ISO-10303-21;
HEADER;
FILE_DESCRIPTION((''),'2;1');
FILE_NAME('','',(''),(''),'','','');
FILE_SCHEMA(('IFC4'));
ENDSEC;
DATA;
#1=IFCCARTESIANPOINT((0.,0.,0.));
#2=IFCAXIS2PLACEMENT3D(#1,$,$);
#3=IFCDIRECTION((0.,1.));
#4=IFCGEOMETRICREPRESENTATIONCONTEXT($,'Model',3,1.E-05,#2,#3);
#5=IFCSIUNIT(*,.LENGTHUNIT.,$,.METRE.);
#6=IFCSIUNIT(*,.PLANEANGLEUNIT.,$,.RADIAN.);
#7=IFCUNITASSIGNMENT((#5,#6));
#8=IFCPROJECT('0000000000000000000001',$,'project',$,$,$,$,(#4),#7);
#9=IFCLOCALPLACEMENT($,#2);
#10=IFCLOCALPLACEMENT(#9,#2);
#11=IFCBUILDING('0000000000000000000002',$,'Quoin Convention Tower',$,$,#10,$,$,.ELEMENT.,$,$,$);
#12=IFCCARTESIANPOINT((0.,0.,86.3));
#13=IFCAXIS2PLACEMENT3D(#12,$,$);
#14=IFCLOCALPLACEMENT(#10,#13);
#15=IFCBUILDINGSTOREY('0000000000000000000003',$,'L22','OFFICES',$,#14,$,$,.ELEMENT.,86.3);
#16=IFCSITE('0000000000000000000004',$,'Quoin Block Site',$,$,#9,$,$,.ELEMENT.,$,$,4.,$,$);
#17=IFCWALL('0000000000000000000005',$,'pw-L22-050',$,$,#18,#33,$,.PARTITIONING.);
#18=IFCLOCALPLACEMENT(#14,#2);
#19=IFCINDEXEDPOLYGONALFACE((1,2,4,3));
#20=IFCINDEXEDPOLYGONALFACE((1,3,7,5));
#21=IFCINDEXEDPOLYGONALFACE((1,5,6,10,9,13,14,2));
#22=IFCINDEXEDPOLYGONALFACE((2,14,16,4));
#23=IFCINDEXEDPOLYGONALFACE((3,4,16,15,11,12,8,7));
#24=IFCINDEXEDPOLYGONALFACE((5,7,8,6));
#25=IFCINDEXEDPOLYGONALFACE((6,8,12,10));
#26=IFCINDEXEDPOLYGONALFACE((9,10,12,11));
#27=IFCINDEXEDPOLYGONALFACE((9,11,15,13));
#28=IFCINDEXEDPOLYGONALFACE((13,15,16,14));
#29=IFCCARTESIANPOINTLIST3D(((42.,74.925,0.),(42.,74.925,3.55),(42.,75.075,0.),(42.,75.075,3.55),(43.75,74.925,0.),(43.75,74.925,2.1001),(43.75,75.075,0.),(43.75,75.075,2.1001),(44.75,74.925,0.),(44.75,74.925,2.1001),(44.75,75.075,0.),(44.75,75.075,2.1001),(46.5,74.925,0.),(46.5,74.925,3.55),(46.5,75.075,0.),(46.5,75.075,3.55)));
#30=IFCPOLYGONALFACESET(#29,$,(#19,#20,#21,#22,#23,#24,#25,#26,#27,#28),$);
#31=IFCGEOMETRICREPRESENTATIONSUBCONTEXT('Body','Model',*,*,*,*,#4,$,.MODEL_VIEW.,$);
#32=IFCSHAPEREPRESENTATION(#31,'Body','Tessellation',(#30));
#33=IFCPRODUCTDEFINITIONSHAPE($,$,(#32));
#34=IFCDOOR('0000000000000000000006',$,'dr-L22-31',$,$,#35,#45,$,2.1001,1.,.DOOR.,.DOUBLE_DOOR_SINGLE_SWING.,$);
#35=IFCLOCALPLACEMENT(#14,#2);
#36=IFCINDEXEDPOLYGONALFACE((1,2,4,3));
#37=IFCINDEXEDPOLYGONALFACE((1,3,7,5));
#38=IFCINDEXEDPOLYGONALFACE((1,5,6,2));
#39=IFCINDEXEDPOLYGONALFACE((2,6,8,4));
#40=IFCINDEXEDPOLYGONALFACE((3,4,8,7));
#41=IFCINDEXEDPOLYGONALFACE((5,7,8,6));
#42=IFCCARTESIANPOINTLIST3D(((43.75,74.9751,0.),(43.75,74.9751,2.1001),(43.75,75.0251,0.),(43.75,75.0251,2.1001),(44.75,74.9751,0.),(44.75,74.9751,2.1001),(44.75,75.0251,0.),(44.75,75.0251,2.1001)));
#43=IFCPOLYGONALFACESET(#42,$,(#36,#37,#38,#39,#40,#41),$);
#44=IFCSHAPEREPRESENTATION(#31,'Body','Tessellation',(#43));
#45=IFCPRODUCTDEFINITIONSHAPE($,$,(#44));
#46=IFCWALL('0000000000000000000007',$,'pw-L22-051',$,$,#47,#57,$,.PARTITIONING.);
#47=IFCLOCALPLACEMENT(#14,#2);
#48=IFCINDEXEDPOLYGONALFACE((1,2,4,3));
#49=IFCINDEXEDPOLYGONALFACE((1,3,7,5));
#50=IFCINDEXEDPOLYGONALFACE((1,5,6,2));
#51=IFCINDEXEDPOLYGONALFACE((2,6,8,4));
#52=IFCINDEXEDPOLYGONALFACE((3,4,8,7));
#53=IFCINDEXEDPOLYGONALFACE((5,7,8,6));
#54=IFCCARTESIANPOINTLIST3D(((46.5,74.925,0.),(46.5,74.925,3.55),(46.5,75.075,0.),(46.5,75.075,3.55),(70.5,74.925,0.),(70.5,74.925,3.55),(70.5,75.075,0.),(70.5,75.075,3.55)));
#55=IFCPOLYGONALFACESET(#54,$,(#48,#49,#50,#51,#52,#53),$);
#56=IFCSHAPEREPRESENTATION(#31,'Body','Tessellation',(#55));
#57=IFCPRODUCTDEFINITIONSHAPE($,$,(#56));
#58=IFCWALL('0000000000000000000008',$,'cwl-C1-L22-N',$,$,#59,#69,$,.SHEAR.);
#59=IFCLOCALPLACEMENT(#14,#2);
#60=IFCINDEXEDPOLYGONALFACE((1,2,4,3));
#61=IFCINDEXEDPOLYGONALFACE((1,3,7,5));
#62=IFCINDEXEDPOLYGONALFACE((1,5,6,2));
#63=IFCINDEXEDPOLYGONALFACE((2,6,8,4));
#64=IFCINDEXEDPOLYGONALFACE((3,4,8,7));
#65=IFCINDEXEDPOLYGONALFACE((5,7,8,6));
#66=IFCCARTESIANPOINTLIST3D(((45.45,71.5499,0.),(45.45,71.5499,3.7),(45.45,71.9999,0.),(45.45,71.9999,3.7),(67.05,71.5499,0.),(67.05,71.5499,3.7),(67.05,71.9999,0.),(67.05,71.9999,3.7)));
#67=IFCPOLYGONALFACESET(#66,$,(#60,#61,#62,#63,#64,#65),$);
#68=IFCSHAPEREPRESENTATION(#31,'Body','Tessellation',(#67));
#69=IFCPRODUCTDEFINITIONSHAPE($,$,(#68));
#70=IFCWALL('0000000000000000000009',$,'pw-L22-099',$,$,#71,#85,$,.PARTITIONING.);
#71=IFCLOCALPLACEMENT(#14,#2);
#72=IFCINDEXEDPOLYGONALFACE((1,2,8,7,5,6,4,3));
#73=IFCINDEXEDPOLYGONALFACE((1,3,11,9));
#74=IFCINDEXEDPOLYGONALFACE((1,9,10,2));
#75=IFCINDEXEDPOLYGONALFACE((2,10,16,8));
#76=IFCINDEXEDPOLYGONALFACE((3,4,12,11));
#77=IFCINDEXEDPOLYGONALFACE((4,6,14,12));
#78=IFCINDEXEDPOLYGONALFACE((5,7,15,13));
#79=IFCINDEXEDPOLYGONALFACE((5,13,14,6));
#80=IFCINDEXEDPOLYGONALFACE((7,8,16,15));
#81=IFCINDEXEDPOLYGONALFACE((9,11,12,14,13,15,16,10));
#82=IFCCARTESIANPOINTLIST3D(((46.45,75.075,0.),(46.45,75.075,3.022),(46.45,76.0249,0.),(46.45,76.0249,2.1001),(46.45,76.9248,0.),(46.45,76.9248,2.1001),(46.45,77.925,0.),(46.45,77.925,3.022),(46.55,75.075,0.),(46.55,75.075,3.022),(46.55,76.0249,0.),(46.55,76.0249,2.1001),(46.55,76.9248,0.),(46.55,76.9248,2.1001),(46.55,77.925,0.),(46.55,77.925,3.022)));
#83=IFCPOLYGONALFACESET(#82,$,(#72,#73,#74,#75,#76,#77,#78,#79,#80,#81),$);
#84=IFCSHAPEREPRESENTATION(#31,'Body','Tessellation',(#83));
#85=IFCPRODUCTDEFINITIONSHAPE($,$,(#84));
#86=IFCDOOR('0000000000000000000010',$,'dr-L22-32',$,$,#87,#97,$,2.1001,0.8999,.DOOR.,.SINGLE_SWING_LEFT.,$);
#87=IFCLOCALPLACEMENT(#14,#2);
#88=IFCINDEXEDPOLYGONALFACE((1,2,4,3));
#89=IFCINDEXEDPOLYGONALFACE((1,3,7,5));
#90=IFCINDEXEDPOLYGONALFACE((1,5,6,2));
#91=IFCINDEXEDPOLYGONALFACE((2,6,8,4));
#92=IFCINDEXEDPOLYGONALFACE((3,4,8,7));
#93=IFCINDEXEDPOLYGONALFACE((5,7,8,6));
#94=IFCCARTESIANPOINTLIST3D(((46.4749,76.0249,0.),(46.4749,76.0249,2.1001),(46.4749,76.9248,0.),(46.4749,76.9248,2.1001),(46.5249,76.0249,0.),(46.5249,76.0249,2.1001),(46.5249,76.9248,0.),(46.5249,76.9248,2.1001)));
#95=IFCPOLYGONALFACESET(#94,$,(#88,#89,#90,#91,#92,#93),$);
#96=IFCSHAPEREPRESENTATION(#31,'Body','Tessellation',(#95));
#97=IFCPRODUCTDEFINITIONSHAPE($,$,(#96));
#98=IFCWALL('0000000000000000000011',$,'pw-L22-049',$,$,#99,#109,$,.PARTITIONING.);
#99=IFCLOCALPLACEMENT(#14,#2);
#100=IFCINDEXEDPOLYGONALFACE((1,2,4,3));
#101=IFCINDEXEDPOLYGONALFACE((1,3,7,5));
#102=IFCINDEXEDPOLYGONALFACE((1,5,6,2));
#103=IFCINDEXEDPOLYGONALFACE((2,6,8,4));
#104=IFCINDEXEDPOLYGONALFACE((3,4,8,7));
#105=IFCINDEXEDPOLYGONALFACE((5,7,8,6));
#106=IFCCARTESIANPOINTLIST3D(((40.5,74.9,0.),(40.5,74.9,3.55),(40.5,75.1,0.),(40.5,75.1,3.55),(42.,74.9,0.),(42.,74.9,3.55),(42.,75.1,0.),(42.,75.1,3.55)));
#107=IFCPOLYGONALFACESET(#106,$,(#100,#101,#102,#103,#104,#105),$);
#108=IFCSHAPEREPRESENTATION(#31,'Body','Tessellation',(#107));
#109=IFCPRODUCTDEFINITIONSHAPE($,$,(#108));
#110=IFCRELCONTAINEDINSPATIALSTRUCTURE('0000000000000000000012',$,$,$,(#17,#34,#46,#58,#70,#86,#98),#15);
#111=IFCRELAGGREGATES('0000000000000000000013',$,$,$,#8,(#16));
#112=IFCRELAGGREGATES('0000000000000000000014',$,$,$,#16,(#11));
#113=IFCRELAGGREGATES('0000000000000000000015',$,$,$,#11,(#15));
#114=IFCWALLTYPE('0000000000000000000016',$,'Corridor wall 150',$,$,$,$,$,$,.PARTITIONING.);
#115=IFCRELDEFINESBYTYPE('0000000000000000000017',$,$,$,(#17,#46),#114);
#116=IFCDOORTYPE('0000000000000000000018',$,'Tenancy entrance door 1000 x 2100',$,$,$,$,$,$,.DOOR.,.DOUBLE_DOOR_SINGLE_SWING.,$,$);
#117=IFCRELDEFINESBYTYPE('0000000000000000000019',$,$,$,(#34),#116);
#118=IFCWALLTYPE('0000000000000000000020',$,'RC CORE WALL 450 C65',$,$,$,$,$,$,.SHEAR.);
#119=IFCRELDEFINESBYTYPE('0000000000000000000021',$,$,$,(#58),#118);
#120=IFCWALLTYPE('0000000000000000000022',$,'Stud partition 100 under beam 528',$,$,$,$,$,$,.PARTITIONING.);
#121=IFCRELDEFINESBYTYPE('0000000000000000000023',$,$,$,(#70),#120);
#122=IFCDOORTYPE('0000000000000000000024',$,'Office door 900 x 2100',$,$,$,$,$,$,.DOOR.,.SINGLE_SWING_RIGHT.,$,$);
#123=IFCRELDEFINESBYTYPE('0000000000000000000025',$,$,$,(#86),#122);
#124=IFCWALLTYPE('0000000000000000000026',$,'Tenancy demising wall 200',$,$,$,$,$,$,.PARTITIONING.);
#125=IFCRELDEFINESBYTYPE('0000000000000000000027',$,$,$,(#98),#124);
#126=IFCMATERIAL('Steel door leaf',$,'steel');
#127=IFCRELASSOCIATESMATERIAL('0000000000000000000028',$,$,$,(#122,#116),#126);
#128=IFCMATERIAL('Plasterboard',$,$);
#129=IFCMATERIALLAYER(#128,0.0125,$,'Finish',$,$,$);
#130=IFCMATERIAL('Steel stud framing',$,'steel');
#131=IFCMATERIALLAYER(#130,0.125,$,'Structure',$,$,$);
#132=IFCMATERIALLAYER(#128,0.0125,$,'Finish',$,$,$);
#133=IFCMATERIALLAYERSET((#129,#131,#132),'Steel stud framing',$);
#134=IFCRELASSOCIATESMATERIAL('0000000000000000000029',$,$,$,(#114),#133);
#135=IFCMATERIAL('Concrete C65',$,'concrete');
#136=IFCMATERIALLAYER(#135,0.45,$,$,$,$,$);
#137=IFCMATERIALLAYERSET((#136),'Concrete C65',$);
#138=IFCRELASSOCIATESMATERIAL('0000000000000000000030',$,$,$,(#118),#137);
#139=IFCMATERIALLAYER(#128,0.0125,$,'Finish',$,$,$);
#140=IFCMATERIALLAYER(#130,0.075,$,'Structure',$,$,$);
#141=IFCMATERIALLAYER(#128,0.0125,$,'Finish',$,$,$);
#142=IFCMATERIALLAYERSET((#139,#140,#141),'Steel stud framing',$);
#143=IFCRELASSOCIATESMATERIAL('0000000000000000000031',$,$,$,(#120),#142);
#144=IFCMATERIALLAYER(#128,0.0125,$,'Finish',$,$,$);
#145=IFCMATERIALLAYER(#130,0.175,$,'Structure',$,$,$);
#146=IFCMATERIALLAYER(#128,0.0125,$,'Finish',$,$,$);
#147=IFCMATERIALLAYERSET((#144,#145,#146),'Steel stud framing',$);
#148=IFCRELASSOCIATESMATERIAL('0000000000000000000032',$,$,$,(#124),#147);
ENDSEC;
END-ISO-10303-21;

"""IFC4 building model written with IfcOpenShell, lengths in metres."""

from ifc_helpers import new_model, si_unit, direction, frame, frame_2d, origin, place, context, subcontext, project, spatial, rectangle, extrude, material, layer, layer_set, type_object, element, fill, save


model = new_model("IFC4")

# Units and contexts
model_context = context("Model", 3, precision=1e-05, world=origin(), true_north=direction((0.0, 1.0)))
body_context = subcontext(model_context, "Body", "Model", "MODEL_VIEW")
ifc_project = project(units=[si_unit("LENGTHUNIT", "METRE"), si_unit("PLANEANGLEUNIT", "RADIAN")], contexts=[model_context])

# Site, building, storey
site_placement = place(None, origin())
site = spatial("IfcSite", under=ifc_project, at=site_placement, Name="Quoin Block Site", CompositionType="ELEMENT", RefElevation=4.0)
building_placement = place(site_placement, origin())
building = spatial("IfcBuilding", under=site, at=building_placement, Name="Quoin Convention Tower", CompositionType="ELEMENT")
storey_placement = place(building_placement, frame((0.0, 0.0, 86.3)))
storey = spatial("IfcBuildingStorey", under=building, at=storey_placement, Name="L22", Description="OFFICES", CompositionType="ELEMENT", Elevation=86.3)

# Shared definitions
ifc_material_1 = material(Name="Concrete C65", Category="concrete")

# Shared definitions
ifc_material_2 = material(Name="Plasterboard")
ifc_material_3 = material(Name="Steel stud framing", Category="steel")

# Shared definitions
ifc_material_4 = material(Name="Steel door leaf", Category="steel")
door_type_1 = type_object("IfcDoorType", Name="Office door 900 x 2100", OperationType="SINGLE_SWING_RIGHT", PredefinedType="DOOR", material=ifc_material_4)

# Wall, opening, door
ifc_layer_1 = layer(ifc_material_2, 0.0125, Name="Finish")
ifc_layer_2 = layer(ifc_material_3, 0.125, Name="Structure")
ifc_layer_3 = layer(ifc_material_2, 0.0125, Name="Finish")
ifc_layer_set_1 = layer_set([ifc_layer_1, ifc_layer_2, ifc_layer_3], Name="Steel stud framing")
wall_type_1 = type_object("IfcWallType", Name="Corridor wall 150", PredefinedType="PARTITIONING", material=ifc_layer_set_1)
wall_1_placement = place(storey_placement, frame((42.0, 75.0, 0.0), z_axis=(0.0, 0.0, 1.0), x_axis=(1.0, 0.0, 0.0)))
wall_1 = element("IfcWall", 1, at=wall_1_placement, inside=storey, type_object=wall_type_1, Name="pw-L22-050", PredefinedType="PARTITIONING", context=body_context, shape_type="SweptSolid", body=[
    extrude(rectangle(XDim=4.5, YDim=0.1499, at=frame_2d((2.25, 0.0))), origin(), (0.0, 0.0, 1.0), 3.55),
])
opening_1_placement = place(wall_1_placement, frame((1.75, 0.0, 0.0)))
opening_1 = element("IfcOpeningElement", 2, at=opening_1_placement, cuts=wall_1, PredefinedType="OPENING", context=body_context, shape_type="SweptSolid", body=[
    extrude(rectangle(XDim=1.0, YDim=2.1001, at=frame_2d((0.5, 1.05))), frame((0.0, 0.085, 0.0), z_axis=(0.0, -1.0, 0.0), x_axis=(1.0, 0.0, 0.0)), (0.0, 0.0, 1.0), 0.1699),
])
door_type_2 = type_object("IfcDoorType", Name="Tenancy entrance door 1000 x 2100", OperationType="DOUBLE_DOOR_SINGLE_SWING", PredefinedType="DOOR", material=ifc_material_4)
door_1_placement = place(opening_1_placement, frame((1.0, 0.0, 0.0), z_axis=(0.0, 0.0, 1.0), x_axis=(-1.0, 0.0, 0.0)))
door_1 = element("IfcDoor", 3, at=door_1_placement, inside=storey, type_object=door_type_2, Name="dr-L22-31", OperationType="DOUBLE_DOOR_SINGLE_SWING", OverallHeight=2.1001, OverallWidth=1.0, PredefinedType="DOOR", context=body_context, shape_type="SweptSolid", body=[
    extrude(rectangle(XDim=1.0, YDim=2.1001, at=frame_2d((0.5, 1.05))), frame((0.0, 0.0249, 0.0), z_axis=(0.0, -1.0, 0.0), x_axis=(1.0, 0.0, 0.0)), (0.0, 0.0, 1.0), 0.05),
])
fill(opening_1, door_1)

# Walls
wall_2_placement = place(storey_placement, frame((46.5, 75.0, 0.0), z_axis=(0.0, 0.0, 1.0), x_axis=(1.0, 0.0, 0.0)))
element("IfcWall", 4, at=wall_2_placement, inside=storey, type_object=wall_type_1, Name="pw-L22-051", PredefinedType="PARTITIONING", context=body_context, shape_type="SweptSolid", body=[
    extrude(rectangle(XDim=24.0, YDim=0.1499, at=frame_2d((12.0, 0.0))), origin(), (0.0, 0.0, 1.0), 3.55),
])
ifc_layer_4 = layer(ifc_material_1, 0.45)
ifc_layer_set_2 = layer_set([ifc_layer_4], Name="Concrete C65")
wall_type_2 = type_object("IfcWallType", Name="RC CORE WALL 450 C65", PredefinedType="SHEAR", material=ifc_layer_set_2)
wall_3_placement = place(storey_placement, frame((45.45, 71.7749, 0.0), z_axis=(0.0, 0.0, 1.0), x_axis=(1.0, 0.0, 0.0)))
element("IfcWall", 5, at=wall_3_placement, inside=storey, type_object=wall_type_2, Name="cwl-C1-L22-N", PredefinedType="SHEAR", context=body_context, shape_type="SweptSolid", body=[
    extrude(rectangle(XDim=21.6001, YDim=0.45, at=frame_2d((10.8, 0.0))), origin(), (0.0, 0.0, 1.0), 3.7),
])

# Wall, opening, door
ifc_layer_5 = layer(ifc_material_2, 0.0125, Name="Finish")
ifc_layer_6 = layer(ifc_material_3, 0.075, Name="Structure")
ifc_layer_7 = layer(ifc_material_2, 0.0125, Name="Finish")
ifc_layer_set_3 = layer_set([ifc_layer_5, ifc_layer_6, ifc_layer_7], Name="Steel stud framing")
wall_type_3 = type_object("IfcWallType", Name="Stud partition 100 under beam 528", PredefinedType="PARTITIONING", material=ifc_layer_set_3)
wall_4_placement = place(storey_placement, frame((46.5, 75.075, 0.0), z_axis=(0.0, 0.0, 1.0), x_axis=(0.0, 1.0, 0.0)))
wall_4 = element("IfcWall", 6, at=wall_4_placement, inside=storey, type_object=wall_type_3, Name="pw-L22-099", PredefinedType="PARTITIONING", context=body_context, shape_type="SweptSolid", body=[
    extrude(rectangle(XDim=2.8501, YDim=0.1001, at=frame_2d((1.425, 0.0))), origin(), (0.0, 0.0, 1.0), 3.022),
])
opening_2_placement = place(wall_4_placement, frame((0.95, 0.0, 0.0)))
opening_2 = element("IfcOpeningElement", 7, at=opening_2_placement, cuts=wall_4, PredefinedType="OPENING", context=body_context, shape_type="SweptSolid", body=[
    extrude(rectangle(XDim=0.8999, YDim=2.1001, at=frame_2d((0.45, 1.05))), frame((0.0, 0.0601, 0.0), z_axis=(0.0, -1.0, 0.0), x_axis=(1.0, 0.0, 0.0)), (0.0, 0.0, 1.0), 0.1201),
])
door_2_placement = place(opening_2_placement, frame((0.8999, 0.0, 0.0), z_axis=(0.0, 0.0, 1.0), x_axis=(-1.0, 0.0, 0.0)))
door_2 = element("IfcDoor", 8, at=door_2_placement, inside=storey, type_object=door_type_1, Name="dr-L22-32", OperationType="SINGLE_SWING_LEFT", OverallHeight=2.1001, OverallWidth=0.8999, PredefinedType="DOOR", context=body_context, shape_type="SweptSolid", body=[
    extrude(rectangle(XDim=0.8999, YDim=2.1001, at=frame_2d((0.45, 1.05))), frame((0.0, 0.0249, 0.0), z_axis=(0.0, -1.0, 0.0), x_axis=(1.0, 0.0, 0.0)), (0.0, 0.0, 1.0), 0.05),
])
fill(opening_2, door_2)

# Wall
ifc_layer_8 = layer(ifc_material_2, 0.0125, Name="Finish")
ifc_layer_9 = layer(ifc_material_3, 0.175, Name="Structure")
ifc_layer_10 = layer(ifc_material_2, 0.0125, Name="Finish")
ifc_layer_set_4 = layer_set([ifc_layer_8, ifc_layer_9, ifc_layer_10], Name="Steel stud framing")
wall_type_4 = type_object("IfcWallType", Name="Tenancy demising wall 200", PredefinedType="PARTITIONING", material=ifc_layer_set_4)
wall_5_placement = place(storey_placement, frame((40.5, 75.0, 0.0), z_axis=(0.0, 0.0, 1.0), x_axis=(1.0, 0.0, 0.0)))
element("IfcWall", 9, at=wall_5_placement, inside=storey, type_object=wall_type_4, Name="pw-L22-049", PredefinedType="PARTITIONING", context=body_context, shape_type="SweptSolid", body=[
    extrude(rectangle(XDim=1.5, YDim=0.2, at=frame_2d((0.75, 0.0))), origin(), (0.0, 0.0, 1.0), 3.55),
])

save(model, "model.ifc")
